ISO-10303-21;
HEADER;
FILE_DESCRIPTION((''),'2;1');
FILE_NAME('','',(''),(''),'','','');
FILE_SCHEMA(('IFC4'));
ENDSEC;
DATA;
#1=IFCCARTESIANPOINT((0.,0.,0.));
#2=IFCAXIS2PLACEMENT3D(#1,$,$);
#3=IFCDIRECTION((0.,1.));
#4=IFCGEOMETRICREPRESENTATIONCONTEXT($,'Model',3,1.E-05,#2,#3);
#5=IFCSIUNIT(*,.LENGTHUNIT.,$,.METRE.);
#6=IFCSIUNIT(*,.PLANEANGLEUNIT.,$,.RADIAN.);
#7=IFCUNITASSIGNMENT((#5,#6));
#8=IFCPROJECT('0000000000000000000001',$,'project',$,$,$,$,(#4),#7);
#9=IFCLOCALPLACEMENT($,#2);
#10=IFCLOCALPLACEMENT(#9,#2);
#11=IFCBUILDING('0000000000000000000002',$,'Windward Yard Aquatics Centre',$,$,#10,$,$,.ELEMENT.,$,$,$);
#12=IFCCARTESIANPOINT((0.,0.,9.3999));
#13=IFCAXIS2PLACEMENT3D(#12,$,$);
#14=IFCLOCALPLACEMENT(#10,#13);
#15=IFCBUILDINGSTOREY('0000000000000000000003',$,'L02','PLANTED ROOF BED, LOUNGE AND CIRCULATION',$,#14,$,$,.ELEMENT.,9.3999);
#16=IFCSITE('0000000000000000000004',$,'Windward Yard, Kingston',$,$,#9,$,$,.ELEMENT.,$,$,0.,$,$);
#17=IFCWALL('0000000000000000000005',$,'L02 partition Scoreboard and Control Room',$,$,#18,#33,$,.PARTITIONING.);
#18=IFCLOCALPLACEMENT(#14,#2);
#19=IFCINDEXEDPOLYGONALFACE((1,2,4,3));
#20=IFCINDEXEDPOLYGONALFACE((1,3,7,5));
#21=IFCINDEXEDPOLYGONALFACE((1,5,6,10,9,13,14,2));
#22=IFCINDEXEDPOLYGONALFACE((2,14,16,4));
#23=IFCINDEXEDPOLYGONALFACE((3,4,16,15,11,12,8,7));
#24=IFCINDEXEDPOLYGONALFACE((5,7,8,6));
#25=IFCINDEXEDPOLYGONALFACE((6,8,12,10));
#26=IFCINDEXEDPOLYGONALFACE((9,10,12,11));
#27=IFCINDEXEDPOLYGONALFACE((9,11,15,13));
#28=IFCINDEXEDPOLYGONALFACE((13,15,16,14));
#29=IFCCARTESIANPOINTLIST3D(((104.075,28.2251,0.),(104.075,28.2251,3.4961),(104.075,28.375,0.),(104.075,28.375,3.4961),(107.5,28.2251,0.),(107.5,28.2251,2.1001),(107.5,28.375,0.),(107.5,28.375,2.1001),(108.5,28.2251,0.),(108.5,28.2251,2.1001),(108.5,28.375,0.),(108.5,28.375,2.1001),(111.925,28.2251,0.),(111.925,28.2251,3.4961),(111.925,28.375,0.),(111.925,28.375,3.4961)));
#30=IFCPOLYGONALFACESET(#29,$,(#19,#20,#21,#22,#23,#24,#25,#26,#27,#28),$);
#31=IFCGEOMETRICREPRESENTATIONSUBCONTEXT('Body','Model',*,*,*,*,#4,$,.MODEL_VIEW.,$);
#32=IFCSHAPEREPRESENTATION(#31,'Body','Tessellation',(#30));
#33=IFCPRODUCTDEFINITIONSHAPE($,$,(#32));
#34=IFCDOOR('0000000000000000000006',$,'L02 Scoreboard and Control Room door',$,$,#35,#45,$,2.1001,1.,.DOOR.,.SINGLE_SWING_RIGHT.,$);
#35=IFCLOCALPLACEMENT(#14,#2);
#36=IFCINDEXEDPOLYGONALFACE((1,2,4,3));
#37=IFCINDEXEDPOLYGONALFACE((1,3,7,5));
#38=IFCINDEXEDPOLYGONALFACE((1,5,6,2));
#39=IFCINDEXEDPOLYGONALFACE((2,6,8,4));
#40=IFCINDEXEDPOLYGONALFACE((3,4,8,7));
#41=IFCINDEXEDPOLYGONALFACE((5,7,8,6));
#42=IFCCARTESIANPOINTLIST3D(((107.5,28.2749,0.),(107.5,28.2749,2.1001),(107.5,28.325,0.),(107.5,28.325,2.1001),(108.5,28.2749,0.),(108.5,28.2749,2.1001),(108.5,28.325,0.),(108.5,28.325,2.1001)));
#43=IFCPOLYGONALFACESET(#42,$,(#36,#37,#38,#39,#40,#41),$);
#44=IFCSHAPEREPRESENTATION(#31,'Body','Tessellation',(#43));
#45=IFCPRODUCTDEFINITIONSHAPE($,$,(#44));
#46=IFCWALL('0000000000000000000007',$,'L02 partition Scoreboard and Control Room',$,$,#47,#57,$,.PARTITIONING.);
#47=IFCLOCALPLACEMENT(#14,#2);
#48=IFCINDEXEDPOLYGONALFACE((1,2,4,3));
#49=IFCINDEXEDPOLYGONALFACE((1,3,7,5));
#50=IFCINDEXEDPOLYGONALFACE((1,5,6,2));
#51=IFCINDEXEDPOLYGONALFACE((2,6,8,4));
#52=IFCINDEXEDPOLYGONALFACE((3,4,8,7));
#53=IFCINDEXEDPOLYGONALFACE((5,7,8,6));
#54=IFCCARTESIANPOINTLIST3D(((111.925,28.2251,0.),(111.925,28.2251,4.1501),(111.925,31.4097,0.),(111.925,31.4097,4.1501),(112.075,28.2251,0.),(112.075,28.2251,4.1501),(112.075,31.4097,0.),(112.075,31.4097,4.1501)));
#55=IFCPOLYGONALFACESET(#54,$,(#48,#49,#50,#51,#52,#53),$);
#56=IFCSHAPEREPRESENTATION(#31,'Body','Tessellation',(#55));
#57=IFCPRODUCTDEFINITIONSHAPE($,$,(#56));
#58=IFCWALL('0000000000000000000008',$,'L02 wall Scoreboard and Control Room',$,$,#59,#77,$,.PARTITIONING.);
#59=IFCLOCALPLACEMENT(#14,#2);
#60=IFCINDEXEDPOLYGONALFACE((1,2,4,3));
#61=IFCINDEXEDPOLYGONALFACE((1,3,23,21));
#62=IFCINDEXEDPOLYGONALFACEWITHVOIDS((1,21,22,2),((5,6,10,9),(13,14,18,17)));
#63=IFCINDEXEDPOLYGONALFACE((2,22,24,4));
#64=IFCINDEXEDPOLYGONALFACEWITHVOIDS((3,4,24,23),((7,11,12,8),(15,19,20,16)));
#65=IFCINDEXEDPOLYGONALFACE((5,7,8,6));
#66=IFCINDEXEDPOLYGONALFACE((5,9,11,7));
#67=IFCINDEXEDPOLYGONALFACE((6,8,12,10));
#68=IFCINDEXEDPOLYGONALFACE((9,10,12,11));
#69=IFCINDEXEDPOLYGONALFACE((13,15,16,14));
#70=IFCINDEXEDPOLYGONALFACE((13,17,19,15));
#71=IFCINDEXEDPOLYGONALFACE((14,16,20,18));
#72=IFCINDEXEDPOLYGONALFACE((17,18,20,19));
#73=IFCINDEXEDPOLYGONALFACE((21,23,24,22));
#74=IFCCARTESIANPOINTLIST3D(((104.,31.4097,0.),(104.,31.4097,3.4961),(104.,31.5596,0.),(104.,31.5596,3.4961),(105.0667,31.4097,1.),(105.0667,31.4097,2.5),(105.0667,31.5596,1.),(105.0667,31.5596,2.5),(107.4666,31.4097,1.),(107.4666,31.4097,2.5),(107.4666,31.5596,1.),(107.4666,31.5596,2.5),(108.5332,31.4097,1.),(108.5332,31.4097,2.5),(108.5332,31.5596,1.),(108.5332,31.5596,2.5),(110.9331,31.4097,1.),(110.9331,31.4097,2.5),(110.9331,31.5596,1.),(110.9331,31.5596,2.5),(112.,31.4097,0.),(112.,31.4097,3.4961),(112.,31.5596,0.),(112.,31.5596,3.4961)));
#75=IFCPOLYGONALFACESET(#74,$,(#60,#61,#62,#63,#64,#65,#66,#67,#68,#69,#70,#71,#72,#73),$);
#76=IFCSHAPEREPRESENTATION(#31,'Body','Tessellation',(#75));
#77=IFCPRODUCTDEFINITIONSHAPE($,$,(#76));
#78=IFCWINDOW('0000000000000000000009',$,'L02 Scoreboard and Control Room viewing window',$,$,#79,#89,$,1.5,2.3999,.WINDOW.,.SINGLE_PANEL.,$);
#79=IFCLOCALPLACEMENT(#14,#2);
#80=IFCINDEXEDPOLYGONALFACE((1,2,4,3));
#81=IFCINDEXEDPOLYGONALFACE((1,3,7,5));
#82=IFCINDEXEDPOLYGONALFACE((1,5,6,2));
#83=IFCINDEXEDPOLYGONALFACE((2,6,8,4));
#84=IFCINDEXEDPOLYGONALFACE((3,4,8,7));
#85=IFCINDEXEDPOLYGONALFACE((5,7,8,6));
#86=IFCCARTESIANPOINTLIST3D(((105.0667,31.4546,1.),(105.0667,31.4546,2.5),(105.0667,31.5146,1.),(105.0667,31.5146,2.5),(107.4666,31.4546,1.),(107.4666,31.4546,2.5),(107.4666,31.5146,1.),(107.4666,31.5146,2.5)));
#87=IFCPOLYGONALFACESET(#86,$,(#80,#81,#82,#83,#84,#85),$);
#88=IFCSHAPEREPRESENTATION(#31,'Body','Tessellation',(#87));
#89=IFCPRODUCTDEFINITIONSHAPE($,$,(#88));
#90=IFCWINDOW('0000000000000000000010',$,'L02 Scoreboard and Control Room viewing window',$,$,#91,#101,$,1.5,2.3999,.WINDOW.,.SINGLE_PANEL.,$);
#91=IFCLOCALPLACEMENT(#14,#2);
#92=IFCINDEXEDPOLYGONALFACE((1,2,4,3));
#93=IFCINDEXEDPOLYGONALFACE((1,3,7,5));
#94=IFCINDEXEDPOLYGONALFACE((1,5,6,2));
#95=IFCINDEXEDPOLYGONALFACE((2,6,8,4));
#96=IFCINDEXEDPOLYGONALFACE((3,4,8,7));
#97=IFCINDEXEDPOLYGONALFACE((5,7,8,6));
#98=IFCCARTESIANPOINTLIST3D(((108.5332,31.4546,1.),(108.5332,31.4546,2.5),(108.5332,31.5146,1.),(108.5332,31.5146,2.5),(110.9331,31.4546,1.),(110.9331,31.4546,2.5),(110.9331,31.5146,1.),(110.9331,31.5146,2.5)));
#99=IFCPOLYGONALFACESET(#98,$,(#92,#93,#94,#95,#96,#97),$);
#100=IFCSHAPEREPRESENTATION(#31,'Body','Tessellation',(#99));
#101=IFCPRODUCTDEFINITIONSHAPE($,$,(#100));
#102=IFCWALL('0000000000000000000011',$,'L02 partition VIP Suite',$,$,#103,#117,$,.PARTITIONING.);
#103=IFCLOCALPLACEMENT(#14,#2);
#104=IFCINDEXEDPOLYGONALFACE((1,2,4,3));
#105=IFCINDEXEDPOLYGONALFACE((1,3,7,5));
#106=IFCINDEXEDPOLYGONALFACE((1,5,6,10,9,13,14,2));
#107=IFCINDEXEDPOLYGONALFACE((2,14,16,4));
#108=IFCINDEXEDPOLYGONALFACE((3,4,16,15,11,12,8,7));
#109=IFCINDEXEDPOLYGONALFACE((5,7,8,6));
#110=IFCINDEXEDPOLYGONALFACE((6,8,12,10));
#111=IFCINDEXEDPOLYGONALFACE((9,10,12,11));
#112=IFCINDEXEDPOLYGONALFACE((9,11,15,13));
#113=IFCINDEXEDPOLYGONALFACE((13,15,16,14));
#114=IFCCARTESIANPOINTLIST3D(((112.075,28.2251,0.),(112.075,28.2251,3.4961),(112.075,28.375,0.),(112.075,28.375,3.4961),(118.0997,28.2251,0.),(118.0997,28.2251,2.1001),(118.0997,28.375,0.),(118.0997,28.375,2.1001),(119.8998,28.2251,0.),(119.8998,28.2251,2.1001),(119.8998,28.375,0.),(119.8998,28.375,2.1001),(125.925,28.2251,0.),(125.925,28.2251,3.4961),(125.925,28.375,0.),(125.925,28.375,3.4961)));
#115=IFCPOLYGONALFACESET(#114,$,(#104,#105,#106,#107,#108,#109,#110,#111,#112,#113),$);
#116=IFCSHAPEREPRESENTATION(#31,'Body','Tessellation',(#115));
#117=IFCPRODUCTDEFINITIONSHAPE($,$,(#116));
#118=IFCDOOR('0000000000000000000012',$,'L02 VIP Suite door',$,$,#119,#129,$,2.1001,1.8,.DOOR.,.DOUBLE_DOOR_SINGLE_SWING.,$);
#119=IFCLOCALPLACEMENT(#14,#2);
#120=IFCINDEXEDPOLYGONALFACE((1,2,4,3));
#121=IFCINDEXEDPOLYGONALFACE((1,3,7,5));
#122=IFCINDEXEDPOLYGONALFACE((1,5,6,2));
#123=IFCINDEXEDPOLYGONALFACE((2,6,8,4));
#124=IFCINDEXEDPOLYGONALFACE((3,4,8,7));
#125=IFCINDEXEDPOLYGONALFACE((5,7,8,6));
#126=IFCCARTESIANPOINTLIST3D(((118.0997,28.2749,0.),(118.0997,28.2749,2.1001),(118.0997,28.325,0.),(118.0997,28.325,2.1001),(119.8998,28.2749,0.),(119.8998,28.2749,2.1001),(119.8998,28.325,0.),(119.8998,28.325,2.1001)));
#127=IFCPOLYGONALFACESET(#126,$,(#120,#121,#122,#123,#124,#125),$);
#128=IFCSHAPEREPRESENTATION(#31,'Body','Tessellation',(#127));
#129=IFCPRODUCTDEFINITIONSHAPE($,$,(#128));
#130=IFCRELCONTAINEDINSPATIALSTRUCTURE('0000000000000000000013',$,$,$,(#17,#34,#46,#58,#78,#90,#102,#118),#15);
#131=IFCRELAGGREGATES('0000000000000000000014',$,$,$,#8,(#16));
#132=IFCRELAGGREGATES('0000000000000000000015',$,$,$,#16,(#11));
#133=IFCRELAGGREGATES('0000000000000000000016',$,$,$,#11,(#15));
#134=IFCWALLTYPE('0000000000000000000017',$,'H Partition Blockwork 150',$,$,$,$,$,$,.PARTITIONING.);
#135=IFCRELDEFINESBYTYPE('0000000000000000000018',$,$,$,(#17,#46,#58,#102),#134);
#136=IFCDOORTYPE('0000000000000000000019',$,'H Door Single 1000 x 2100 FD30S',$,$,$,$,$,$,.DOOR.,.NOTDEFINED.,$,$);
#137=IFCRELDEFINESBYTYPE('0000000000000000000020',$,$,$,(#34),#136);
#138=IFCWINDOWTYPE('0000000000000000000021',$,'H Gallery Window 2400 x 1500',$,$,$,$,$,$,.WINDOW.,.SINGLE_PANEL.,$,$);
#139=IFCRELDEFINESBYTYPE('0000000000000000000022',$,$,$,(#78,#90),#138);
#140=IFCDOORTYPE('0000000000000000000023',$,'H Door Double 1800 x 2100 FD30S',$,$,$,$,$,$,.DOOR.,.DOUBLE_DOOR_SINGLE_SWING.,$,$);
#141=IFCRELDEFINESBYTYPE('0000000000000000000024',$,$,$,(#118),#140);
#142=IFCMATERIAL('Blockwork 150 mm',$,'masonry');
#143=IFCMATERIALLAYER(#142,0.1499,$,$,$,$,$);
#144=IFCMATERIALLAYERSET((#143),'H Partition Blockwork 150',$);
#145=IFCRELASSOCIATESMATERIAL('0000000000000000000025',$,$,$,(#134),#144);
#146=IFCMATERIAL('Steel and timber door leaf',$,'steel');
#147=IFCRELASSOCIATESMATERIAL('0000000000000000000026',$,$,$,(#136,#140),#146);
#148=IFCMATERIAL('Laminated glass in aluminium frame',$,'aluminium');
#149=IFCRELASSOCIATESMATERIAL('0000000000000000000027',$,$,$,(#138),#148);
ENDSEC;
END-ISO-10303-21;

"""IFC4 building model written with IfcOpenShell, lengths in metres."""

from ifc_helpers import new_model, si_unit, direction, frame, frame_2d, origin, place, context, subcontext, project, spatial, rectangle, extrude, material, layer, layer_set, type_object, element, fill, save


model = new_model("IFC4")

# Units and contexts
model_context = context("Model", 3, precision=1e-05, world=origin(), true_north=direction((0.0, 1.0)))
body_context = subcontext(model_context, "Body", "Model", "MODEL_VIEW")
ifc_project = project(units=[si_unit("LENGTHUNIT", "METRE"), si_unit("PLANEANGLEUNIT", "RADIAN")], contexts=[model_context])

# Site, building, storey
site_placement = place(None, origin())
site = spatial("IfcSite", under=ifc_project, at=site_placement, Name="Windward Yard, Kingston", CompositionType="ELEMENT", RefElevation=0.0)
building_placement = place(site_placement, origin())
building = spatial("IfcBuilding", under=site, at=building_placement, Name="Windward Yard Aquatics Centre", CompositionType="ELEMENT")
storey_placement = place(building_placement, frame((0.0, 0.0, 9.3999)))
storey = spatial("IfcBuildingStorey", under=building, at=storey_placement, Name="L02", Description="PLANTED ROOF BED, LOUNGE AND CIRCULATION", CompositionType="ELEMENT", Elevation=9.3999)

# Shared definitions
ifc_material_1 = material(Name="Blockwork 150 mm", Category="masonry")
ifc_layer_1 = layer(ifc_material_1, 0.1499)
ifc_layer_set_1 = layer_set([ifc_layer_1], Name="H Partition Blockwork 150")
wall_type = type_object("IfcWallType", Name="H Partition Blockwork 150", PredefinedType="PARTITIONING", material=ifc_layer_set_1)

# Wall, opening, door
wall_1_placement = place(storey_placement, frame((104.075, 28.3, 0.0), z_axis=(0.0, 0.0, 1.0), x_axis=(1.0, 0.0, 0.0)))
wall_1 = element("IfcWall", 1, at=wall_1_placement, inside=storey, type_object=wall_type, Name="L02 partition Scoreboard and Control Room", PredefinedType="PARTITIONING", context=body_context, shape_type="SweptSolid", body=[
    extrude(rectangle(XDim=7.8501, YDim=0.1499, at=frame_2d((3.925, 0.0))), origin(), (0.0, 0.0, 1.0), 3.4961),
])
opening_1_placement = place(wall_1_placement, frame((3.425, 0.0, 0.0)))
opening_1 = element("IfcOpeningElement", 2, at=opening_1_placement, cuts=wall_1, PredefinedType="OPENING", context=body_context, shape_type="SweptSolid", body=[
    extrude(rectangle(XDim=1.0, YDim=2.1001, at=frame_2d((0.5, 1.05))), frame((0.0, 0.085, 0.0), z_axis=(0.0, -1.0, 0.0), x_axis=(1.0, 0.0, 0.0)), (0.0, 0.0, 1.0), 0.1699),
])
ifc_material_2 = material(Name="Steel and timber door leaf", Category="steel")
door_type_1 = type_object("IfcDoorType", Name="H Door Single 1000 x 2100 FD30S", OperationType="NOTDEFINED", PredefinedType="DOOR", material=ifc_material_2)
door_1_placement = place(opening_1_placement, origin())
door_1 = element("IfcDoor", 3, at=door_1_placement, inside=storey, type_object=door_type_1, Name="L02 Scoreboard and Control Room door", OperationType="SINGLE_SWING_RIGHT", OverallHeight=2.1001, OverallWidth=1.0, PredefinedType="DOOR", context=body_context, shape_type="SweptSolid", body=[
    extrude(rectangle(XDim=1.0, YDim=2.1001, at=frame_2d((0.5, 1.05))), frame((0.0, 0.0249, 0.0), z_axis=(0.0, -1.0, 0.0), x_axis=(1.0, 0.0, 0.0)), (0.0, 0.0, 1.0), 0.05),
])
fill(opening_1, door_1)

# Wall
wall_2_placement = place(storey_placement, frame((112.0, 31.4097, 0.0), z_axis=(0.0, 0.0, 1.0), x_axis=(0.0, -1.0, 0.0)))
element("IfcWall", 4, at=wall_2_placement, inside=storey, type_object=wall_type, Name="L02 partition Scoreboard and Control Room", PredefinedType="PARTITIONING", context=body_context, shape_type="SweptSolid", body=[
    extrude(rectangle(XDim=3.1846, YDim=0.1499, at=frame_2d((1.5923, 0.0))), origin(), (0.0, 0.0, 1.0), 4.1501),
])

# Wall, openings, windows
wall_3_placement = place(storey_placement, frame((104.0, 31.4846, 0.0), z_axis=(0.0, 0.0, 1.0), x_axis=(1.0, 0.0, 0.0)))
wall_3 = element("IfcWall", 5, at=wall_3_placement, inside=storey, type_object=wall_type, Name="L02 wall Scoreboard and Control Room", PredefinedType="PARTITIONING", context=body_context, shape_type="SweptSolid", body=[
    extrude(rectangle(XDim=8.0, YDim=0.1499, at=frame_2d((4.0, 0.0))), origin(), (0.0, 0.0, 1.0), 3.4961),
])
opening_2_placement = place(wall_3_placement, frame((1.0667, 0.0, 1.0)))
opening_2 = element("IfcOpeningElement", 6, at=opening_2_placement, cuts=wall_3, PredefinedType="OPENING", context=body_context, shape_type="SweptSolid", body=[
    extrude(rectangle(XDim=2.3999, YDim=1.5, at=frame_2d((1.2, 0.75))), frame((0.0, 0.085, 0.0), z_axis=(0.0, -1.0, 0.0), x_axis=(1.0, 0.0, 0.0)), (0.0, 0.0, 1.0), 0.1699),
])
opening_3_placement = place(wall_3_placement, frame((4.5332, 0.0, 1.0)))
opening_3 = element("IfcOpeningElement", 7, at=opening_3_placement, cuts=wall_3, PredefinedType="OPENING", context=body_context, shape_type="SweptSolid", body=[
    extrude(rectangle(XDim=2.3999, YDim=1.5, at=frame_2d((1.2, 0.75))), frame((0.0, 0.085, 0.0), z_axis=(0.0, -1.0, 0.0), x_axis=(1.0, 0.0, 0.0)), (0.0, 0.0, 1.0), 0.1699),
])
ifc_material_3 = material(Name="Laminated glass in aluminium frame", Category="aluminium")
window_type = type_object("IfcWindowType", Name="H Gallery Window 2400 x 1500", PartitioningType="SINGLE_PANEL", PredefinedType="WINDOW", material=ifc_material_3)
window_1_placement = place(opening_2_placement, origin())
window_1 = element("IfcWindow", 8, at=window_1_placement, inside=storey, type_object=window_type, Name="L02 Scoreboard and Control Room viewing window", OverallHeight=1.5, OverallWidth=2.3999, PartitioningType="SINGLE_PANEL", PredefinedType="WINDOW", context=body_context, shape_type="SweptSolid", body=[
    extrude(rectangle(XDim=2.3999, YDim=1.5, at=frame_2d((1.2, 0.75))), frame((0.0, 0.03, 0.0), z_axis=(0.0, -1.0, 0.0), x_axis=(1.0, 0.0, 0.0)), (0.0, 0.0, 1.0), 0.0601),
])
fill(opening_2, window_1)
window_2_placement = place(opening_3_placement, origin())
window_2 = element("IfcWindow", 9, at=window_2_placement, inside=storey, type_object=window_type, Name="L02 Scoreboard and Control Room viewing window", OverallHeight=1.5, OverallWidth=2.3999, PartitioningType="SINGLE_PANEL", PredefinedType="WINDOW", context=body_context, shape_type="SweptSolid", body=[
    extrude(rectangle(XDim=2.3999, YDim=1.5, at=frame_2d((1.2, 0.75))), frame((0.0, 0.03, 0.0), z_axis=(0.0, -1.0, 0.0), x_axis=(1.0, 0.0, 0.0)), (0.0, 0.0, 1.0), 0.0601),
])
fill(opening_3, window_2)

# Wall, opening, door
wall_4_placement = place(storey_placement, frame((112.075, 28.3, 0.0), z_axis=(0.0, 0.0, 1.0), x_axis=(1.0, 0.0, 0.0)))
wall_4 = element("IfcWall", 10, at=wall_4_placement, inside=storey, type_object=wall_type, Name="L02 partition VIP Suite", PredefinedType="PARTITIONING", context=body_context, shape_type="SweptSolid", body=[
    extrude(rectangle(XDim=13.8501, YDim=0.1499, at=frame_2d((6.925, 0.0))), origin(), (0.0, 0.0, 1.0), 3.4961),
])
opening_4_placement = place(wall_4_placement, frame((6.0249, 0.0, 0.0)))
opening_4 = element("IfcOpeningElement", 11, at=opening_4_placement, cuts=wall_4, PredefinedType="OPENING", context=body_context, shape_type="SweptSolid", body=[
    extrude(rectangle(XDim=1.8, YDim=2.1001, at=frame_2d((0.8999, 1.05))), frame((0.0, 0.085, 0.0), z_axis=(0.0, -1.0, 0.0), x_axis=(1.0, 0.0, 0.0)), (0.0, 0.0, 1.0), 0.1699),
])
door_type_2 = type_object("IfcDoorType", Name="H Door Double 1800 x 2100 FD30S", OperationType="DOUBLE_DOOR_SINGLE_SWING", PredefinedType="DOOR", material=ifc_material_2)
door_2_placement = place(opening_4_placement, origin())
door_2 = element("IfcDoor", 12, at=door_2_placement, inside=storey, type_object=door_type_2, Name="L02 VIP Suite door", OperationType="DOUBLE_DOOR_SINGLE_SWING", OverallHeight=2.1001, OverallWidth=1.8, PredefinedType="DOOR", context=body_context, shape_type="SweptSolid", body=[
    extrude(rectangle(XDim=1.8, YDim=2.1001, at=frame_2d((0.8999, 1.05))), frame((0.0, 0.0249, 0.0), z_axis=(0.0, -1.0, 0.0), x_axis=(1.0, 0.0, 0.0)), (0.0, 0.0, 1.0), 0.05),
])
fill(opening_4, door_2)

save(model, "model.ifc")
